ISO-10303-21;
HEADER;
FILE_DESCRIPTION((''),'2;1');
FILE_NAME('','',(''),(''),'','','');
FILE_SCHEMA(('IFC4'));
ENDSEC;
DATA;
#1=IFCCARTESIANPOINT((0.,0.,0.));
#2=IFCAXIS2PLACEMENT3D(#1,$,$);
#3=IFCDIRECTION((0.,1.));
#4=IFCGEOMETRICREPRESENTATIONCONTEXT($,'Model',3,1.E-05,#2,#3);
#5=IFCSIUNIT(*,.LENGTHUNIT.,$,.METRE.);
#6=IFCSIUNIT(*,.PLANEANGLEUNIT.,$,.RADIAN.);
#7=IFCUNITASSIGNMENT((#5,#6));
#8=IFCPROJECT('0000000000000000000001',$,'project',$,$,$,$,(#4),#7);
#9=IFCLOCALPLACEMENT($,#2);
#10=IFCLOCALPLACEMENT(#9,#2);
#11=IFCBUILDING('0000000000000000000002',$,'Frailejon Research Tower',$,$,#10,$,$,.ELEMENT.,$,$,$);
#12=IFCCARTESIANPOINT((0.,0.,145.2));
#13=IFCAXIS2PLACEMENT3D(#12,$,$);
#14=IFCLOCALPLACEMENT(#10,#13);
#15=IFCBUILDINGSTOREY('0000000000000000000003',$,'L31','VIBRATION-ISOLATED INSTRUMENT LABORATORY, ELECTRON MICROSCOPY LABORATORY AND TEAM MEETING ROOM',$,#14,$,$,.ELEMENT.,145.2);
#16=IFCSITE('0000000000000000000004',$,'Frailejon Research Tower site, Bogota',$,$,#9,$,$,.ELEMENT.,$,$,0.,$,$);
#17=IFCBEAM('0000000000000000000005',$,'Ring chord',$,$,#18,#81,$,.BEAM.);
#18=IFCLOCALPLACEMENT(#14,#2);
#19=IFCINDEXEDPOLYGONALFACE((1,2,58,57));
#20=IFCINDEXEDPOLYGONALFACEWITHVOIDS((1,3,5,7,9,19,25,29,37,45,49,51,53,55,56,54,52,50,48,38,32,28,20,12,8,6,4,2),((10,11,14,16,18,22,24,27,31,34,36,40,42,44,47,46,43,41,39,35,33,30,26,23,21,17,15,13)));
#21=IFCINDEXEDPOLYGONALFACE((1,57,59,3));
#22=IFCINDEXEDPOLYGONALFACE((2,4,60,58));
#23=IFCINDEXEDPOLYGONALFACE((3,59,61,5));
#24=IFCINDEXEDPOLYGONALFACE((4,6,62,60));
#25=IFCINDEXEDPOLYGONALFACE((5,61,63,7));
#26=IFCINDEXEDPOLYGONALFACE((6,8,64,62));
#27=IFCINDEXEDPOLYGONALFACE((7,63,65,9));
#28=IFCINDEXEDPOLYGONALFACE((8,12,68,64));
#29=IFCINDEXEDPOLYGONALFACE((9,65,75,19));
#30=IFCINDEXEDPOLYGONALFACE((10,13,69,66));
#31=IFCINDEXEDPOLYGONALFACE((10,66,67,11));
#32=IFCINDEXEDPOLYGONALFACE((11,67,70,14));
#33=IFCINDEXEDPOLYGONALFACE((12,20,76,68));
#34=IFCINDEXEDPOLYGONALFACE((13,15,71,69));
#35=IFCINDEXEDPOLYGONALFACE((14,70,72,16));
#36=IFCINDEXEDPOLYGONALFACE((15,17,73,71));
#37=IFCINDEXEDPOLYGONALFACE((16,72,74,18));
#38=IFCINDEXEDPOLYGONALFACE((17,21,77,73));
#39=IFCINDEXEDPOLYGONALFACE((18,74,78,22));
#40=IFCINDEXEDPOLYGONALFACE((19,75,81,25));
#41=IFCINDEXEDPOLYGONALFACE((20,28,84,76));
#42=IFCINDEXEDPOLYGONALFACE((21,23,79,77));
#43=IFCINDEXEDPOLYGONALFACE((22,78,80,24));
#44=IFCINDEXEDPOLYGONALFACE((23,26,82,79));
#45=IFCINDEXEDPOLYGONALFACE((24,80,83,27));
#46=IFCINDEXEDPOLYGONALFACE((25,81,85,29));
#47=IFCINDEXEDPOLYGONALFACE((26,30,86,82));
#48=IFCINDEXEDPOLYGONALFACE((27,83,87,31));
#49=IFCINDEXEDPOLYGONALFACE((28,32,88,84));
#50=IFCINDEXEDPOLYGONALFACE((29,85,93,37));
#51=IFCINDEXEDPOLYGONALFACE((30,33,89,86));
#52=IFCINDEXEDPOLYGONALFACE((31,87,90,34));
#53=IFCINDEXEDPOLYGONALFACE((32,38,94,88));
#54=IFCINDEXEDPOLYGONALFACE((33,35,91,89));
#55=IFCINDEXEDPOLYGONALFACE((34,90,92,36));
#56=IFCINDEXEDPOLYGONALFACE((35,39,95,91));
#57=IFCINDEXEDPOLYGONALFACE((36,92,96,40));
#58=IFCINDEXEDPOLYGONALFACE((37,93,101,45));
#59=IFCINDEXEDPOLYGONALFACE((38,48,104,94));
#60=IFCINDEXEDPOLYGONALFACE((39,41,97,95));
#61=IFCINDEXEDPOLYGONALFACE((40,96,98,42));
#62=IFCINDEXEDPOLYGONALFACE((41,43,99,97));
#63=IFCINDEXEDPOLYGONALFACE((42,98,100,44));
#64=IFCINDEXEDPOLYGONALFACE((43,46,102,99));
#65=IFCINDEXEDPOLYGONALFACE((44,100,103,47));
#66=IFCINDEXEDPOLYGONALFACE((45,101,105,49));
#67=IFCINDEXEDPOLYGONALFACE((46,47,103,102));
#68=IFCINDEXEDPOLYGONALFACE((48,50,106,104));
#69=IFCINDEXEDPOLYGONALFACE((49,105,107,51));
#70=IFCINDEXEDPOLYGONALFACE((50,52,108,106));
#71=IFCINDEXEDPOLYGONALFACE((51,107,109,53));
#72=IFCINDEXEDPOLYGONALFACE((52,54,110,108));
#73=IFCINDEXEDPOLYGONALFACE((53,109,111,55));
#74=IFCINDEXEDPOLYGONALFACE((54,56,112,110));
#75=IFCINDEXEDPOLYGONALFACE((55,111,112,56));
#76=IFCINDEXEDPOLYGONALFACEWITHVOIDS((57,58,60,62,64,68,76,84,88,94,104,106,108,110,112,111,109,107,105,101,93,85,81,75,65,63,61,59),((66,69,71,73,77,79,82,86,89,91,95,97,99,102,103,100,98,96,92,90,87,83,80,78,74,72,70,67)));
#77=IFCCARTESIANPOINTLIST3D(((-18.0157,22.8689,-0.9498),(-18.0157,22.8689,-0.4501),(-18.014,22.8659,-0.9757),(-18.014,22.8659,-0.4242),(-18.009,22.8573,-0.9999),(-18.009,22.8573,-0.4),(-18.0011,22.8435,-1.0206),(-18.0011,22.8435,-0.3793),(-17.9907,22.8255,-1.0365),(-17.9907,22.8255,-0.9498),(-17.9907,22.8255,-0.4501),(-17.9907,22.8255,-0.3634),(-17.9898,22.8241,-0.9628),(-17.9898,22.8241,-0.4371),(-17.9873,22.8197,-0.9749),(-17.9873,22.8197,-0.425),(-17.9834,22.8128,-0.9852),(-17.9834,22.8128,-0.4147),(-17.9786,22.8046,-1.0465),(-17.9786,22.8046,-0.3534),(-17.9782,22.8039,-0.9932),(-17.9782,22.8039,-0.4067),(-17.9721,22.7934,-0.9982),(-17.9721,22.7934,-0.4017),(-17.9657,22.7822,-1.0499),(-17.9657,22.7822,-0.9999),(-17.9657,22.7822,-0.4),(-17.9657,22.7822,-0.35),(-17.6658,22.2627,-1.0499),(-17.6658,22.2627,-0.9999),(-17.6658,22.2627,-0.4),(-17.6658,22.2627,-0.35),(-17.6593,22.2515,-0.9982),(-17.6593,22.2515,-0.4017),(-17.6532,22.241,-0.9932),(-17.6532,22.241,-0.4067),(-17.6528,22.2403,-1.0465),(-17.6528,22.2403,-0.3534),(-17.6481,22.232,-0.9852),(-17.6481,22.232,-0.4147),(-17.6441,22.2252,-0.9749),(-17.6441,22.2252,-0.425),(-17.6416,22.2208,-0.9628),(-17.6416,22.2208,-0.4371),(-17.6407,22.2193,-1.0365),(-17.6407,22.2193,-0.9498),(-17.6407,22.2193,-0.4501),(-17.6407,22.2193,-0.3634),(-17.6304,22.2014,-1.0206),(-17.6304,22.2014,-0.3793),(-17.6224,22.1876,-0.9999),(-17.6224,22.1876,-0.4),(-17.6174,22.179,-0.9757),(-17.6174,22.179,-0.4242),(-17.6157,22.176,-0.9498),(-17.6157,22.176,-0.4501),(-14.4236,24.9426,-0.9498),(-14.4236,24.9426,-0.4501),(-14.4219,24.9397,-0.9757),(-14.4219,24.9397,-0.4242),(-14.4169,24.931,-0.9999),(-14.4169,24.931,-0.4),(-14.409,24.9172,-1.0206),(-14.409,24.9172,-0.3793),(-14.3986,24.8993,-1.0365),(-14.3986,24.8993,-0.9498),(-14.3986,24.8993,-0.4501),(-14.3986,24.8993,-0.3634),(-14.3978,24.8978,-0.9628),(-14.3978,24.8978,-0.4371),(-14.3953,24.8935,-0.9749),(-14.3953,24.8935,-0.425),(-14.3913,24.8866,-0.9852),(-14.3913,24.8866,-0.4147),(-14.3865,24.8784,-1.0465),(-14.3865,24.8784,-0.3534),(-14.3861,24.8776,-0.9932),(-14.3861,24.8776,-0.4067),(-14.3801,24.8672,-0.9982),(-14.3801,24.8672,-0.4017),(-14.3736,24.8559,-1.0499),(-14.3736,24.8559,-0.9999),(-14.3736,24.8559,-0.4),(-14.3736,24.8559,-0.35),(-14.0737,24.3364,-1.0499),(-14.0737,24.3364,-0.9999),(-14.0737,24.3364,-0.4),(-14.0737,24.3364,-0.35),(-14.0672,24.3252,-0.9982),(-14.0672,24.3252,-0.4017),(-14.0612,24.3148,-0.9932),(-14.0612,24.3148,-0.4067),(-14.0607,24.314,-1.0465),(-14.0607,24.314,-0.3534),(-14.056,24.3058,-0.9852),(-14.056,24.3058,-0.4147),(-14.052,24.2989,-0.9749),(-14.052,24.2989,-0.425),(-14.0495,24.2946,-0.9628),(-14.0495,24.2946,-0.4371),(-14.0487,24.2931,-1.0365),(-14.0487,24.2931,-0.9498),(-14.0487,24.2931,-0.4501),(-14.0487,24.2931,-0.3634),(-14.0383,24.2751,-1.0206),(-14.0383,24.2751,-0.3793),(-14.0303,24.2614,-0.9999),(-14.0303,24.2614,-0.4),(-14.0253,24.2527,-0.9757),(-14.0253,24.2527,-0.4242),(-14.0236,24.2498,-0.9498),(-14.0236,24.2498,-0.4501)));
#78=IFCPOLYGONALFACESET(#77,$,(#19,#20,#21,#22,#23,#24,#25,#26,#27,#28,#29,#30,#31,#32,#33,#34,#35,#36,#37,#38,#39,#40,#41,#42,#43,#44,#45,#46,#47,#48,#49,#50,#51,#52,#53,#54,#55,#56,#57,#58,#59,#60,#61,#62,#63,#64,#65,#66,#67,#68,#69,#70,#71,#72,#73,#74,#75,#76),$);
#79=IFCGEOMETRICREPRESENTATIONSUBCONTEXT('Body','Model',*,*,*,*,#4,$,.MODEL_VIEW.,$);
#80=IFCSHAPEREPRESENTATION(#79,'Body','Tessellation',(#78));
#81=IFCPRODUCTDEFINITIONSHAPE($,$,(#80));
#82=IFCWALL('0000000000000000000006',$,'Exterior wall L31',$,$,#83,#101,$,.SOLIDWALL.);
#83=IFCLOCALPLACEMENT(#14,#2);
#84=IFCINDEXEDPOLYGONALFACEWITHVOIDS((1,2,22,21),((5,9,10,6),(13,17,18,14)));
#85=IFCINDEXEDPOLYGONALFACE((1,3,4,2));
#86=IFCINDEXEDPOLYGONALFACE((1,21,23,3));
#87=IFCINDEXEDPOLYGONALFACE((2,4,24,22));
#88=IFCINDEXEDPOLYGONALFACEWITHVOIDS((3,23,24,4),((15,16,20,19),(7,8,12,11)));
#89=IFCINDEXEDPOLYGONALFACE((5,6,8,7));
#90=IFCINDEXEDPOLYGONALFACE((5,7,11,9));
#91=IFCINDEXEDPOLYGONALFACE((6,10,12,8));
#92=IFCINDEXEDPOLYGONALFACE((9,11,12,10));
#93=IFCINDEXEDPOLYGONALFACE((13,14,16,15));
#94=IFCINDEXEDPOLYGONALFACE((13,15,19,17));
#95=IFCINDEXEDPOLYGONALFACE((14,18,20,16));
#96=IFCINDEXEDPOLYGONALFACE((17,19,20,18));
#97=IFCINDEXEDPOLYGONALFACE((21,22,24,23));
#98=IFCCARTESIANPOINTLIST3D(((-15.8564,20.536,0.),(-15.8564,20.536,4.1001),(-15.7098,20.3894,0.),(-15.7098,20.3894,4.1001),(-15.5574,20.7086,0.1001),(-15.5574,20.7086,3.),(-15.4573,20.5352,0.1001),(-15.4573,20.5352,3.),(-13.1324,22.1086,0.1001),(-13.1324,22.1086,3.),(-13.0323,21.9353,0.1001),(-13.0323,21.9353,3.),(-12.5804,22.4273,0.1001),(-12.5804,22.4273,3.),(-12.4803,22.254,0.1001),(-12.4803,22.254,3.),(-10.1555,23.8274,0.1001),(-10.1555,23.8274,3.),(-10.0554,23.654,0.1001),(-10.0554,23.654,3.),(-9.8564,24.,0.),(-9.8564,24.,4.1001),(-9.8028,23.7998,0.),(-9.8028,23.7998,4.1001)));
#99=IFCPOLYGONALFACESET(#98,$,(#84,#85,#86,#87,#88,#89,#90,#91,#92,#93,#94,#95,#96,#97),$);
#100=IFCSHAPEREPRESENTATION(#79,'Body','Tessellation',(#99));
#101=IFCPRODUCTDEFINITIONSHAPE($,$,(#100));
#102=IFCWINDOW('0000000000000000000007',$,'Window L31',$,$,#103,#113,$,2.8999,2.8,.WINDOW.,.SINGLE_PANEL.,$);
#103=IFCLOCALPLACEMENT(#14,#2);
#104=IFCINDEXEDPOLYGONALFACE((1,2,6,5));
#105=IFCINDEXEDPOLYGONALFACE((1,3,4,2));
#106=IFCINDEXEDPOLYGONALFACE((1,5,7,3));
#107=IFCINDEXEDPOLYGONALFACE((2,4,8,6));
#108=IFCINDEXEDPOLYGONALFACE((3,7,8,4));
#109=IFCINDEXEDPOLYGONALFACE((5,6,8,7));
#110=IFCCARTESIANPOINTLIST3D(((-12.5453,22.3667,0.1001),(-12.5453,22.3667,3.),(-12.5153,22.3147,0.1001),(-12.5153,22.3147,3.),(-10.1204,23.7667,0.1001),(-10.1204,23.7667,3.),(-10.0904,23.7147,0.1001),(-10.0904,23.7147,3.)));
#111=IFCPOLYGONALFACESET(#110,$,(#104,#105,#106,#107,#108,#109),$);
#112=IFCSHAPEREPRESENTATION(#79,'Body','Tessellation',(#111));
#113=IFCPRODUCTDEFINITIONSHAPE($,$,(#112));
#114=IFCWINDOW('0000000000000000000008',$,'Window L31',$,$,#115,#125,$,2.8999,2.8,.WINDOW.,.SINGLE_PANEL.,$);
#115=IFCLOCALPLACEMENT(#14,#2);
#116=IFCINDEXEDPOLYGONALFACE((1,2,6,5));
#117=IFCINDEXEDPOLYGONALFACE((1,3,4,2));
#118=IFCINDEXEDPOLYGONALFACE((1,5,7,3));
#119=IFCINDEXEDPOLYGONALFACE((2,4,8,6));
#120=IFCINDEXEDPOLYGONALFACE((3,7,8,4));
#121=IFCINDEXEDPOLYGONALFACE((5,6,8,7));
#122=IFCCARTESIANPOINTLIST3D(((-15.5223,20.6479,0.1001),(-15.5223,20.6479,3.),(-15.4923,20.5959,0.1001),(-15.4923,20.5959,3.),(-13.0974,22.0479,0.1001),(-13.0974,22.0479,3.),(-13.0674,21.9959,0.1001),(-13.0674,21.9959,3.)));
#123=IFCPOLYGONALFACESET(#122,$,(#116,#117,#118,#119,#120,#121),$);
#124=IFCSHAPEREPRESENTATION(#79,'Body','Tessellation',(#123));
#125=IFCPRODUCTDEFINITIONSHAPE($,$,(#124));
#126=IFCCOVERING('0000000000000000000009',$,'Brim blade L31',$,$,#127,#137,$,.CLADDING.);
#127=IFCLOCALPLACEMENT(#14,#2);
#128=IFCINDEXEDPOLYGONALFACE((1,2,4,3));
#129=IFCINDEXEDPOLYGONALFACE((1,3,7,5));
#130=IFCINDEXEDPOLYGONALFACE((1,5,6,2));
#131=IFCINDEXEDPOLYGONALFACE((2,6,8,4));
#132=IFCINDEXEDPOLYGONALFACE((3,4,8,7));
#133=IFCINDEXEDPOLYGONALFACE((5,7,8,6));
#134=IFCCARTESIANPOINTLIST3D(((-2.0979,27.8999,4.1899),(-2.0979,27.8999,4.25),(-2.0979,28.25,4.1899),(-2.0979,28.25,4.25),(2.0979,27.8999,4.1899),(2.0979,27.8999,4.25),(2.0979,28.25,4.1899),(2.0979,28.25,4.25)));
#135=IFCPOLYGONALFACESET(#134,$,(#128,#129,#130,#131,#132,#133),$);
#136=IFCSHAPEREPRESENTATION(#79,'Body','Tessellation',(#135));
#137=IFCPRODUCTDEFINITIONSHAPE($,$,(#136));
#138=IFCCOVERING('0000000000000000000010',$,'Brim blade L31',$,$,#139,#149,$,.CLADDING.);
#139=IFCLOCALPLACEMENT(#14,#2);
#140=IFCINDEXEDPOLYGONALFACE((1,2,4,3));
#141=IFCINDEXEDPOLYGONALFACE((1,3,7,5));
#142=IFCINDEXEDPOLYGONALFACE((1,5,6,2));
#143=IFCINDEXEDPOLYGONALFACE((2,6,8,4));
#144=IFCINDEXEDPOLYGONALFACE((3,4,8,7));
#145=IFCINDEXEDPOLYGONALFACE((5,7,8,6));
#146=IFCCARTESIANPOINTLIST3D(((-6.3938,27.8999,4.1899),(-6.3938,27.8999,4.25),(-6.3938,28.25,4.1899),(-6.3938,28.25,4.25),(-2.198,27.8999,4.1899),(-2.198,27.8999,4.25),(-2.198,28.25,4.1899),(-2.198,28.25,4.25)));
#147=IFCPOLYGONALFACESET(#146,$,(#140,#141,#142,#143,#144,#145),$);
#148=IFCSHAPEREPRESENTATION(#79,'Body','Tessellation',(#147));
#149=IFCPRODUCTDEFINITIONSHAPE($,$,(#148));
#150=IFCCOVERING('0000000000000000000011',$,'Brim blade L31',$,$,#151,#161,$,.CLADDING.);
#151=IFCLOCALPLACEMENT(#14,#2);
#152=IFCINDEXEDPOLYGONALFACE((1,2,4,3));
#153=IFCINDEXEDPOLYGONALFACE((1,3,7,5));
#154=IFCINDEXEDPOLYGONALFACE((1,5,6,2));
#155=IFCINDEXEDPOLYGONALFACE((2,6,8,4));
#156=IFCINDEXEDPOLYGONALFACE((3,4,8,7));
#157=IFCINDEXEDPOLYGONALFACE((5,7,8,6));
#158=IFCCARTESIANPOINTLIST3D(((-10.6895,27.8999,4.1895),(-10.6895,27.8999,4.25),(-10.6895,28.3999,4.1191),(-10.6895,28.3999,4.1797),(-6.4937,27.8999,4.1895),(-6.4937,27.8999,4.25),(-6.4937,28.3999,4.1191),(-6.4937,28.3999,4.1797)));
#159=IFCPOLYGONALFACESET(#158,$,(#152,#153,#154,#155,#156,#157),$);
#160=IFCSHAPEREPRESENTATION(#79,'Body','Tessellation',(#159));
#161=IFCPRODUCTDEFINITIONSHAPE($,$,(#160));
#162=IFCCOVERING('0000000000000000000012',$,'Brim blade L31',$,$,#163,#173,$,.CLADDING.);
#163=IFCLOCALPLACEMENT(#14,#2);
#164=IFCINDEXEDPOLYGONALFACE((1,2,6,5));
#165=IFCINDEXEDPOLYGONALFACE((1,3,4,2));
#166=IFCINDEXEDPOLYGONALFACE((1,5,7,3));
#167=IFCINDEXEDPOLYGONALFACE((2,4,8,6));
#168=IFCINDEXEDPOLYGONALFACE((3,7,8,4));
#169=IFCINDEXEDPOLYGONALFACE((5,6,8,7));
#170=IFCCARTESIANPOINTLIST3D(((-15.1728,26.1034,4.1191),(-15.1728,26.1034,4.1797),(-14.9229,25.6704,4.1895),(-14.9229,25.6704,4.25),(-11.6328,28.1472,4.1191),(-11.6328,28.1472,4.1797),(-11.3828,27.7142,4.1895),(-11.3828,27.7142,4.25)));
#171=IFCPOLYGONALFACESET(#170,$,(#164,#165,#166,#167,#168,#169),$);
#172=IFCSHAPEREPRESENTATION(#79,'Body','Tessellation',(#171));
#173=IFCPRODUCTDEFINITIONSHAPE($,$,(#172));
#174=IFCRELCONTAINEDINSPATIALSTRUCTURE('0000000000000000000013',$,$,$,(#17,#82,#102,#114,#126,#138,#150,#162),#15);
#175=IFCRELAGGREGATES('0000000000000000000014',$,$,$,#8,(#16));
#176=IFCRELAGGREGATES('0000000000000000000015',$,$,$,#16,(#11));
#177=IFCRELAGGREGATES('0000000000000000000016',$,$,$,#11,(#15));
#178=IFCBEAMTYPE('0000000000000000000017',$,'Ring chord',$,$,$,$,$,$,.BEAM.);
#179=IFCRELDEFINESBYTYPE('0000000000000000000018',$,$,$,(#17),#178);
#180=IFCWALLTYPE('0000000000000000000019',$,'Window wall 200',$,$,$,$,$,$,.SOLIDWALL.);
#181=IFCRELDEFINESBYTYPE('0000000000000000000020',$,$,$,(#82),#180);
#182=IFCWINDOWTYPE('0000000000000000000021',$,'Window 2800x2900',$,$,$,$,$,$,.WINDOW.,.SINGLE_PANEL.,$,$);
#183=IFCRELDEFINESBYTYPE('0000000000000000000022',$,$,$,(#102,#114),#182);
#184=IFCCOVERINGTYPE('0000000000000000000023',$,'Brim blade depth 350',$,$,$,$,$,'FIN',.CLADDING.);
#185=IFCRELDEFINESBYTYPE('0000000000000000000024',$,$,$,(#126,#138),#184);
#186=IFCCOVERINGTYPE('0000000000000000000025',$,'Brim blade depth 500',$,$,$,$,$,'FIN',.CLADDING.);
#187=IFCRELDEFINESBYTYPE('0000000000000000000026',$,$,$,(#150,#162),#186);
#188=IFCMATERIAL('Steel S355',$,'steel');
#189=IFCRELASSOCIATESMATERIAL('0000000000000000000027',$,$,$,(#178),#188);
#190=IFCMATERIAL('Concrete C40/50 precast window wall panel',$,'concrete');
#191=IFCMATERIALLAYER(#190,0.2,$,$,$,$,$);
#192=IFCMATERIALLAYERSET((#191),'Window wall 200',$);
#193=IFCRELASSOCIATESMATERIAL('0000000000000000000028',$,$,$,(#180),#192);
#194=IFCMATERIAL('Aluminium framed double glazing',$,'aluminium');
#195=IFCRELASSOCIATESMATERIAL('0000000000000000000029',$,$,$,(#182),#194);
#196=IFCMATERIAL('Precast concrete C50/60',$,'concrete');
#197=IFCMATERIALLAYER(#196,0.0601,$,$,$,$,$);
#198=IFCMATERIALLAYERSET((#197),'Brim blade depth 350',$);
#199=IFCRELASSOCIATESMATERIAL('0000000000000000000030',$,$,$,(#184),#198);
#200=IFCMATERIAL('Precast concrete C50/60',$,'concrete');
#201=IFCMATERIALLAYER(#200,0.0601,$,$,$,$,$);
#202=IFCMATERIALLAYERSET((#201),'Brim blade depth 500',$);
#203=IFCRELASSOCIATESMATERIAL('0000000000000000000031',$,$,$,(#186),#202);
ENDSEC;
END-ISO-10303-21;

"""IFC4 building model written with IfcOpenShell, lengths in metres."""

from ifc_helpers import new_model, si_unit, direction, frame, frame_2d, origin, origin_2d, place, context, subcontext, project, spatial, polyline, rectangle, hollow_rectangle, outline, extrude, material, layer, layer_set, material_profile, profile_set, type_object, element, fill, save


model = new_model("IFC4")

# Units and contexts
model_context = context("Model", 3, precision=1e-05, world=origin(), true_north=direction((0.0, 1.0)))
body_context = subcontext(model_context, "Body", "Model", "MODEL_VIEW")
ifc_project = project(units=[si_unit("LENGTHUNIT", "METRE"), si_unit("PLANEANGLEUNIT", "RADIAN")], contexts=[model_context])

# Site, building, storey
site_placement = place(None, origin())
site = spatial("IfcSite", under=ifc_project, at=site_placement, Name="Frailejon Research Tower site, Bogota", CompositionType="ELEMENT", RefElevation=0.0)
building_placement = place(site_placement, origin())
building = spatial("IfcBuilding", under=site, at=building_placement, Name="Frailejon Research Tower", CompositionType="ELEMENT")
storey_placement = place(building_placement, frame((0.0, 0.0, 145.2)))
storey = spatial("IfcBuildingStorey", under=building, at=storey_placement, Name="L31", Description="VIBRATION-ISOLATED INSTRUMENT LABORATORY, ELECTRON MICROSCOPY LABORATORY AND TEAM MEETING ROOM", CompositionType="ELEMENT", Elevation=145.2)

# Beam
ifc_material_1 = material(Name="Steel S355", Category="steel")
ifc_material_profile_1 = material_profile(ifc_material_1, hollow_rectangle(XDim=0.8, YDim=0.7, WallThickness=0.05, InnerFilletRadius=0.05, OuterFilletRadius=0.1001, at=origin_2d()), Name="Ring chord")
ifc_profile_set_1 = profile_set([ifc_material_profile_1], Name="Steel S355")
beam_type_1 = type_object("IfcBeamType", Name="Ring chord", PredefinedType="BEAM", material=ifc_profile_set_1)
for number, where, z_axis, x_axis, name in (
    (1, (-14.2236, 24.5962, -0.7), (-0.86604, -0.499976, 0.0), (0.499976, -0.86604, 0.0), "Ring chord"),
):
    element("IfcBeam", number, at=place(storey_placement, frame(where, z_axis=z_axis, x_axis=x_axis)), inside=storey, type_object=beam_type_1, Name=name, PredefinedType="BEAM", context=body_context, shape_type="SweptSolid", body=[
        extrude(hollow_rectangle(XDim=0.8, YDim=0.7, WallThickness=0.05, InnerFilletRadius=0.05, OuterFilletRadius=0.1001, at=origin_2d()), origin(), (0.0, 0.0, 1.0), 4.1477),
    ])

# Wall, openings, windows
ifc_material_2 = material(Name="Concrete C40/50 precast window wall panel", Category="concrete")
ifc_layer_1 = layer(ifc_material_2, 0.2)
ifc_layer_set_1 = layer_set([ifc_layer_1], Name="Window wall 200")
wall_type = type_object("IfcWallType", Name="Window wall 200", PredefinedType="SOLIDWALL", material=ifc_layer_set_1)
wall_placement = place(storey_placement, frame((-9.8296, 23.8999, 0.0), z_axis=(0.0, 0.0, 1.0), x_axis=(-0.866029, -0.499993, 0.0)))
wall = element("IfcWall", 2, at=wall_placement, inside=storey, type_object=wall_type, Name="Exterior wall L31", PredefinedType="SOLIDWALL", context=body_context, shape_type="SweptSolid", body=[
    extrude(outline(polyline([(-0.0269, -0.1001), (1.1279, -0.1001), (2.2825, -0.1001), (3.4373, -0.1001), (4.592, -0.1001), (5.7466, -0.1001), (6.9014, -0.1001), (6.8477, 0.1001), (5.7109, 0.1001), (4.574, 0.1001), (3.4373, 0.1001), (2.3005, 0.1001), (1.1636, 0.1001), (0.0269, 0.1001), (-0.0269, -0.1001)])), origin(), (0.0, 0.0, 1.0), 4.1001),
])
opening_1_placement = place(wall_placement, frame((0.3186, 0.0, 0.1001)))
opening_1 = element("IfcOpeningElement", 3, at=opening_1_placement, cuts=wall, PredefinedType="OPENING", context=body_context, shape_type="SweptSolid", body=[
    extrude(rectangle(XDim=2.8, YDim=2.8999, at=frame_2d((1.3999, 1.45))), frame((0.0, 0.1099, 0.0), z_axis=(0.0, -1.0, 0.0), x_axis=(1.0, 0.0, 0.0)), (0.0, 0.0, 1.0), 0.22),
])
opening_2_placement = place(wall_placement, frame((3.7561, 0.0, 0.1001)))
opening_2 = element("IfcOpeningElement", 4, at=opening_2_placement, cuts=wall, PredefinedType="OPENING", context=body_context, shape_type="SweptSolid", body=[
    extrude(rectangle(XDim=2.8, YDim=2.8999, at=frame_2d((1.3999, 1.45))), frame((0.0, 0.1099, 0.0), z_axis=(0.0, -1.0, 0.0), x_axis=(1.0, 0.0, 0.0)), (0.0, 0.0, 1.0), 0.22),
])
ifc_material_3 = material(Name="Aluminium framed double glazing", Category="aluminium")
window_type = type_object("IfcWindowType", Name="Window 2800x2900", PartitioningType="SINGLE_PANEL", PredefinedType="WINDOW", material=ifc_material_3)
window_1_placement = place(opening_1_placement, origin())
window_1 = element("IfcWindow", 5, at=window_1_placement, inside=storey, type_object=window_type, Name="Window L31", OverallHeight=2.8999, OverallWidth=2.8, PartitioningType="SINGLE_PANEL", PredefinedType="WINDOW", context=body_context, shape_type="SweptSolid", body=[
    extrude(rectangle(XDim=2.8, YDim=2.8999, at=frame_2d((1.3999, 1.45))), frame((0.0, 0.03, 0.0), z_axis=(0.0, -1.0, 0.0), x_axis=(1.0, 0.0, 0.0)), (0.0, 0.0, 1.0), 0.0601),
])
fill(opening_1, window_1)
window_2_placement = place(opening_2_placement, origin())
window_2 = element("IfcWindow", 6, at=window_2_placement, inside=storey, type_object=window_type, Name="Window L31", OverallHeight=2.8999, OverallWidth=2.8, PartitioningType="SINGLE_PANEL", PredefinedType="WINDOW", context=body_context, shape_type="SweptSolid", body=[
    extrude(rectangle(XDim=2.8, YDim=2.8999, at=frame_2d((1.3999, 1.45))), frame((0.0, 0.03, 0.0), z_axis=(0.0, -1.0, 0.0), x_axis=(1.0, 0.0, 0.0)), (0.0, 0.0, 1.0), 0.0601),
])
fill(opening_2, window_2)

# Coverings
ifc_material_4 = material(Name="Precast concrete C50/60", Category="concrete")
ifc_layer_2 = layer(ifc_material_4, 0.0601)
ifc_layer_set_2 = layer_set([ifc_layer_2], Name="Brim blade depth 350")
covering_type_1 = type_object("IfcCoveringType", Name="Brim blade depth 350", ElementType="FIN", PredefinedType="CLADDING", material=ifc_layer_set_2)
for number, where, z_axis, x_axis, name in (
    (7, (-2.0979, 27.8999, 4.25), (1.0, 0.0, 0.0), (0.0, 1.0, 0.0), "Brim blade L31"),
    (8, (-6.3938, 27.8999, 4.25), (1.0, 0.0, 0.0), (0.0, 1.0, 0.0), "Brim blade L31"),
):
    element("IfcCovering", number, at=place(storey_placement, frame(where, z_axis=z_axis, x_axis=x_axis)), inside=storey, type_object=covering_type_1, Name=name, PredefinedType="CLADDING", context=body_context, shape_type="SweptSolid", body=[
        extrude(outline(polyline([(0.0, -0.0601), (0.3501, -0.0601), (0.3501, 0.0), (0.0, 0.0), (0.0, -0.0601)])), origin(), (0.0, 0.0, 1.0), 4.1958),
    ])
ifc_material_5 = material(Name="Precast concrete C50/60", Category="concrete")
ifc_layer_3 = layer(ifc_material_5, 0.0601)
ifc_layer_set_3 = layer_set([ifc_layer_3], Name="Brim blade depth 500")
covering_type_2 = type_object("IfcCoveringType", Name="Brim blade depth 500", ElementType="FIN", PredefinedType="CLADDING", material=ifc_layer_set_3)
covering_1_placement = place(storey_placement, frame((-10.6895, 27.8999, 4.25), z_axis=(1.0, 0.0, 0.0), x_axis=(0.0, 1.0, 0.0)))
element("IfcCovering", 9, at=covering_1_placement, inside=storey, type_object=covering_type_2, Name="Brim blade L31", PredefinedType="CLADDING", context=body_context, shape_type="SweptSolid", body=[
    extrude(outline(polyline([(0.0, -0.0605), (0.5, -0.1309), (0.5, -0.0703), (0.0, 0.0), (0.0, -0.0605)])), origin(), (0.0, 0.0, 1.0), 4.1958),
])
covering_2_placement = place(storey_placement, frame((-14.9229, 25.6704, 4.25), z_axis=(0.866027, 0.499997, 0.0), x_axis=(-0.499997, 0.866027, 0.0)))
element("IfcCovering", 10, at=covering_2_placement, inside=storey, type_object=covering_type_2, Name="Brim blade L31", PredefinedType="CLADDING", context=body_context, shape_type="SweptSolid", body=[
    extrude(outline(polyline([(0.0, -0.0605), (0.5, -0.1309), (0.5, -0.0703), (0.0, 0.0), (0.0, -0.0605)])), origin(), (0.0, 0.0, 1.0), 4.0876),
])

save(model, "model.ifc")
